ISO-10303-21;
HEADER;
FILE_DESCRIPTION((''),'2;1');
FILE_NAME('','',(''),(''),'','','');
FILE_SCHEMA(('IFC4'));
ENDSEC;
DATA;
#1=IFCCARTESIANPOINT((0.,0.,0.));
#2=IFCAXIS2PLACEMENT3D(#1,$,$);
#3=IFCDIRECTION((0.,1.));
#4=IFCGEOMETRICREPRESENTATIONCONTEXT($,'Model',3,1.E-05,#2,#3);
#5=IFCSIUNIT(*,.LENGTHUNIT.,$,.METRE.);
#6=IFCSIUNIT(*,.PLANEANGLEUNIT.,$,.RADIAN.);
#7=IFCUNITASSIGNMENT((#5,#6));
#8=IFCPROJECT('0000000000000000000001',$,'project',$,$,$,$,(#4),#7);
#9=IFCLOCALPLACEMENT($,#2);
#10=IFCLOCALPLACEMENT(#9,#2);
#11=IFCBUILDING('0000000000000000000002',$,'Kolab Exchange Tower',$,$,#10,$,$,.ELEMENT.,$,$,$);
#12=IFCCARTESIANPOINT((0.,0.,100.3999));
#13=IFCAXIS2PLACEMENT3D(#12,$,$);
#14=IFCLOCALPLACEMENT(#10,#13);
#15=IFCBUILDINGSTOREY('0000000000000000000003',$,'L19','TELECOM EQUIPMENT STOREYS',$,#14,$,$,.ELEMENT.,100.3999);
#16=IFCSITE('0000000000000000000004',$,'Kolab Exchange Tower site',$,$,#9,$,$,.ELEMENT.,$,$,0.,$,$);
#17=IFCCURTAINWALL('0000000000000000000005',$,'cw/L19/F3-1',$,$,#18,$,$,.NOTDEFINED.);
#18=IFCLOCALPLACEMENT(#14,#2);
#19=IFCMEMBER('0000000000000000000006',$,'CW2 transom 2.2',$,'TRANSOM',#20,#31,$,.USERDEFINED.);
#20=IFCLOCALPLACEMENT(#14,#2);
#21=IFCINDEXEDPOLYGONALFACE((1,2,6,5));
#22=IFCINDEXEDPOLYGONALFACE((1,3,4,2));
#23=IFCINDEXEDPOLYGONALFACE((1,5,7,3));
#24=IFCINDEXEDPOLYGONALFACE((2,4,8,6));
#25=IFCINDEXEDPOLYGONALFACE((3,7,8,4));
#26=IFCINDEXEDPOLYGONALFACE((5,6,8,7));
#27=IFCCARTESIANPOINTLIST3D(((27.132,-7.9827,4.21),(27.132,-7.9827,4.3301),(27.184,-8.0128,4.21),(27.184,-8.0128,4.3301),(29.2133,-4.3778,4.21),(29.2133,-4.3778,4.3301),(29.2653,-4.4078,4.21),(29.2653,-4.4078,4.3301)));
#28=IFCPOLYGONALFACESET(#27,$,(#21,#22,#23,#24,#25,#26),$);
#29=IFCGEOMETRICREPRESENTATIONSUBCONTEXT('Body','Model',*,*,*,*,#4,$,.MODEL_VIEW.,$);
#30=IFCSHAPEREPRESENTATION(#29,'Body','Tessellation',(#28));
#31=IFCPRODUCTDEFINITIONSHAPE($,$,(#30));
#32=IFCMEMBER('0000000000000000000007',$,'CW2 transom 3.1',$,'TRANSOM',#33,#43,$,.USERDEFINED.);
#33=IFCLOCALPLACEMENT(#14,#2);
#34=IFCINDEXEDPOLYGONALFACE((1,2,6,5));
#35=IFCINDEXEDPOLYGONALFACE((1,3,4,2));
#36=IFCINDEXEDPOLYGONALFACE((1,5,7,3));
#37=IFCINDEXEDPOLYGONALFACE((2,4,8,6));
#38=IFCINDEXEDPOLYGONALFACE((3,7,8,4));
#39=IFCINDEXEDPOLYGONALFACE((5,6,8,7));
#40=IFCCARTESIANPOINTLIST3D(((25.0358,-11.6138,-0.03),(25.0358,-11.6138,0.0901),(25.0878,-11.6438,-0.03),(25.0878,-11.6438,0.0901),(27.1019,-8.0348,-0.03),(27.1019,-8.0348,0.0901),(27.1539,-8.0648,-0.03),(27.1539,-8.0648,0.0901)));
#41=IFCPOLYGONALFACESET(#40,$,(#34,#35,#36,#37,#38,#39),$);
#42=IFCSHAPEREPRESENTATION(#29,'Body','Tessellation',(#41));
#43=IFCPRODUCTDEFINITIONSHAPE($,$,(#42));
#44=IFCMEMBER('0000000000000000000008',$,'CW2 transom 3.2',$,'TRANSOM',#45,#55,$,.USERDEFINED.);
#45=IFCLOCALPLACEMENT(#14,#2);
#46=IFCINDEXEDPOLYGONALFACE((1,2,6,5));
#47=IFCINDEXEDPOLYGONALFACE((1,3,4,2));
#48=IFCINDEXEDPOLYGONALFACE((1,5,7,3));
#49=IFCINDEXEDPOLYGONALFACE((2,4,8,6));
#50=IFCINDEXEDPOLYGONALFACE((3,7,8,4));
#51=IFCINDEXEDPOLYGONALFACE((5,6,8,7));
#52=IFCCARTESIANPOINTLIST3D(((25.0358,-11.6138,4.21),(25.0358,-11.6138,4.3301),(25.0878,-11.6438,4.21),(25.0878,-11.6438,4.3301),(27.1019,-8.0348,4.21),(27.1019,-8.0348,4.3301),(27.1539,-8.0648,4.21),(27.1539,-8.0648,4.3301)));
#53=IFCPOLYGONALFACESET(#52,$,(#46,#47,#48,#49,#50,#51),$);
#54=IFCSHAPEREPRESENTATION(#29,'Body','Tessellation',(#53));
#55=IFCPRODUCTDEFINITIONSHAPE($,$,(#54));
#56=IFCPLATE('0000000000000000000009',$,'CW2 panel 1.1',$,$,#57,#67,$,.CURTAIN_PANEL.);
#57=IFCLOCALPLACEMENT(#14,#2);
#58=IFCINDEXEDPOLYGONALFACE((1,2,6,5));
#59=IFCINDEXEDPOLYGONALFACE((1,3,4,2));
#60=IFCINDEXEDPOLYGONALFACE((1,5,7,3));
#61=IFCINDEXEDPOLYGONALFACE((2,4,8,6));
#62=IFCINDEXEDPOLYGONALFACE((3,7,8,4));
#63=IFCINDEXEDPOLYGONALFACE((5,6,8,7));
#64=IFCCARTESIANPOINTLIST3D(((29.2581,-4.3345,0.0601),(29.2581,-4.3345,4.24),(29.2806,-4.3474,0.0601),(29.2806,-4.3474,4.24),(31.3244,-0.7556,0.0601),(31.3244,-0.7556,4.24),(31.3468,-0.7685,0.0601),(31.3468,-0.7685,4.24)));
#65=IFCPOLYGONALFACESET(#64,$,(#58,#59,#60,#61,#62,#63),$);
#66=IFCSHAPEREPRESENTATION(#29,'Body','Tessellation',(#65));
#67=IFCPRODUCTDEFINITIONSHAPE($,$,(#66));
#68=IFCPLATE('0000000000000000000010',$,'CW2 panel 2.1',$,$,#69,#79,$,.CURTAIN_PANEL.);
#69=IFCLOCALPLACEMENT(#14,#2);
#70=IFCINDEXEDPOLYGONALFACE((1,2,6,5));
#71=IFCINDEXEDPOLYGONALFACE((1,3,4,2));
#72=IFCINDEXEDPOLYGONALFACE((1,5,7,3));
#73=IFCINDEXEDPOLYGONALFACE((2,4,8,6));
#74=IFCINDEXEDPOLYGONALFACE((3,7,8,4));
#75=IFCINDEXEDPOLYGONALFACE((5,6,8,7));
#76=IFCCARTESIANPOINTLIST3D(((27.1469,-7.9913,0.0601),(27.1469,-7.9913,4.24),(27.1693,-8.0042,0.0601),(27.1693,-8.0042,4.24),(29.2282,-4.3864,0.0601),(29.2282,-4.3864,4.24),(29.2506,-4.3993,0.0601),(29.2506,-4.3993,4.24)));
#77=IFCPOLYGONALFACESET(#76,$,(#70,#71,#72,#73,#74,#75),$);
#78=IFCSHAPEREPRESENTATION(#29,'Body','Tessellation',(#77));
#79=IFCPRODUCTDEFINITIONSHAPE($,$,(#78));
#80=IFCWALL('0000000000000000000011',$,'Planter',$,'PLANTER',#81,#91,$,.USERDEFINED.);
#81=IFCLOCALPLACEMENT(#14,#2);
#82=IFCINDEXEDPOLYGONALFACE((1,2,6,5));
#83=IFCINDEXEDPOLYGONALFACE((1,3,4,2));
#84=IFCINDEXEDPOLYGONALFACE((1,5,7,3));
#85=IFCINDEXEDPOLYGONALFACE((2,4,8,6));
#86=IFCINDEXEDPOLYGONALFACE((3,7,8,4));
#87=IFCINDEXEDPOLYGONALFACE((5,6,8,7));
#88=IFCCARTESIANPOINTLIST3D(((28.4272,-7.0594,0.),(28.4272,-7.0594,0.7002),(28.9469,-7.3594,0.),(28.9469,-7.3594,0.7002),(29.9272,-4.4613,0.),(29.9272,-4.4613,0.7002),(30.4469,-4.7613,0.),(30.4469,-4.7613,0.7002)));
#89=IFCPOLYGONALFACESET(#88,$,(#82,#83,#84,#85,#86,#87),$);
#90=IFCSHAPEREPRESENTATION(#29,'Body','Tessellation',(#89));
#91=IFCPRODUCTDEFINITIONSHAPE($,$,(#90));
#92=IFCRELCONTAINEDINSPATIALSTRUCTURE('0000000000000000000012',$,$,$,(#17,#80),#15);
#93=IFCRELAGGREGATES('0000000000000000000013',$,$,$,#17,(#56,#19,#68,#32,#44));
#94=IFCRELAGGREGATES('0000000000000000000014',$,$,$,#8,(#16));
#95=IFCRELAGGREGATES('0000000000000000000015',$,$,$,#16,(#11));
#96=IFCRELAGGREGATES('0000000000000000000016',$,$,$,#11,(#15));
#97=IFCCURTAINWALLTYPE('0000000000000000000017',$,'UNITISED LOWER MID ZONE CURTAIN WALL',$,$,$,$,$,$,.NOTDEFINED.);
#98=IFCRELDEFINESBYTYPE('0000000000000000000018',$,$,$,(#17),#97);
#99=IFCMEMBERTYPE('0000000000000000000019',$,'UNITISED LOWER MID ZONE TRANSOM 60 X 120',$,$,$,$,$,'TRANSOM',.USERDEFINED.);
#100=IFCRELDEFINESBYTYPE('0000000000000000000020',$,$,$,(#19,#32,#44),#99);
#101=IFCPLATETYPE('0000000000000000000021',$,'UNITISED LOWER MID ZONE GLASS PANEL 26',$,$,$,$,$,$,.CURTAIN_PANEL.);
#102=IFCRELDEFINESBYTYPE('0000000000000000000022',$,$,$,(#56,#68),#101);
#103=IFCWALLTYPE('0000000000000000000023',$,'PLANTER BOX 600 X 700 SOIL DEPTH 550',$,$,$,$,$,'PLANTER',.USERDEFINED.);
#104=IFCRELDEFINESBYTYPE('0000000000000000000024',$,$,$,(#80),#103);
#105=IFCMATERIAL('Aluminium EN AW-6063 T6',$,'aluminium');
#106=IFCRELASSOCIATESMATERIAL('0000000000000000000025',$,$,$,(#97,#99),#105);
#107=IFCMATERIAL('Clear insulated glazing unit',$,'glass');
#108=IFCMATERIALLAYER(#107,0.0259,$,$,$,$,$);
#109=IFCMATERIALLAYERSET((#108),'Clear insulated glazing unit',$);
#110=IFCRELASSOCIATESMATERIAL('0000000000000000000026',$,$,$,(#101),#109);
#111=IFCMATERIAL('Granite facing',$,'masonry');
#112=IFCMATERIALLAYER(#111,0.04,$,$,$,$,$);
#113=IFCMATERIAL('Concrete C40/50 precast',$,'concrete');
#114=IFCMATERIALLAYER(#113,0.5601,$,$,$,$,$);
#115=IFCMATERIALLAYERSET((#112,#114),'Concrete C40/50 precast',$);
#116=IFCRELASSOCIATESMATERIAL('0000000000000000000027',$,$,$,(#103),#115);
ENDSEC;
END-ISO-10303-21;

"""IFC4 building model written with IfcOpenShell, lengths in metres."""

from ifc_helpers import new_model, si_unit, direction, frame, frame_2d, origin, origin_2d, place, context, subcontext, project, spatial, rectangle, extrude, material, layer, layer_set, material_profile, profile_set, type_object, element, aggregate, save


model = new_model("IFC4")

# Units and contexts
model_context = context("Model", 3, precision=1e-05, world=origin(), true_north=direction((0.0, 1.0)))
body_context = subcontext(model_context, "Body", "Model", "MODEL_VIEW")
ifc_project = project(units=[si_unit("LENGTHUNIT", "METRE"), si_unit("PLANEANGLEUNIT", "RADIAN")], contexts=[model_context])

# Site, building, storey
site_placement = place(None, origin())
site = spatial("IfcSite", under=ifc_project, at=site_placement, Name="Kolab Exchange Tower site", CompositionType="ELEMENT", RefElevation=0.0)
building_placement = place(site_placement, origin())
building = spatial("IfcBuilding", under=site, at=building_placement, Name="Kolab Exchange Tower", CompositionType="ELEMENT")
storey_placement = place(building_placement, frame((0.0, 0.0, 100.3999)))
storey = spatial("IfcBuildingStorey", under=building, at=storey_placement, Name="L19", Description="TELECOM EQUIPMENT STOREYS", CompositionType="ELEMENT", Elevation=100.3999)

# Curtain wall
ifc_material_1 = material(Name="Aluminium EN AW-6063 T6", Category="aluminium")
curtain_wall_type = type_object("IfcCurtainWallType", Name="UNITISED LOWER MID ZONE CURTAIN WALL", PredefinedType="NOTDEFINED", material=ifc_material_1)
curtain_wall_1_placement = place(storey_placement, origin())
curtain_wall_1 = element("IfcCurtainWall", 1, at=curtain_wall_1_placement, inside=storey, type_object=curtain_wall_type, Name="cw/L19/F3-1", PredefinedType="NOTDEFINED")

# Members
ifc_material_profile_1 = material_profile(ifc_material_1, rectangle(XDim=0.0601, YDim=0.1201, at=origin_2d()), Name="RECT 60X120")
ifc_profile_set_1 = profile_set([ifc_material_profile_1], Name="Aluminium EN AW-6063 T6")
member_type_1 = type_object("IfcMemberType", Name="UNITISED LOWER MID ZONE TRANSOM 60 X 120", ElementType="TRANSOM", PredefinedType="USERDEFINED", material=ifc_profile_set_1)
member_1_placement = place(storey_placement, frame((29.2393, -4.3928, 4.27), z_axis=(-0.499993, -0.866029, 0.0), x_axis=(0.866029, -0.499993, 0.0)))
member_1 = element("IfcMember", 2, at=member_1_placement, type_object=member_type_1, Name="CW2 transom 2.2", ObjectType="TRANSOM", PredefinedType="USERDEFINED", context=body_context, shape_type="SweptSolid", body=[
    extrude(rectangle(XDim=0.0601, YDim=0.1201, at=origin_2d()), origin(), (0.0, 0.0, 1.0), 4.1626),
])
member_2_placement = place(storey_placement, frame((27.1279, -8.0498, 0.03), z_axis=(-0.499958, -0.86605, 0.0), x_axis=(0.86605, -0.499958, 0.0)))
member_2 = element("IfcMember", 3, at=member_2_placement, type_object=member_type_1, Name="CW2 transom 3.1", ObjectType="TRANSOM", PredefinedType="USERDEFINED", context=body_context, shape_type="SweptSolid", body=[
    extrude(rectangle(XDim=0.0601, YDim=0.1201, at=origin_2d()), origin(), (0.0, 0.0, 1.0), 4.1326),
])
member_3_placement = place(storey_placement, frame((27.1279, -8.0498, 4.27), z_axis=(-0.499958, -0.86605, 0.0), x_axis=(0.86605, -0.499958, 0.0)))
member_3 = element("IfcMember", 4, at=member_3_placement, type_object=member_type_1, Name="CW2 transom 3.2", ObjectType="TRANSOM", PredefinedType="USERDEFINED", context=body_context, shape_type="SweptSolid", body=[
    extrude(rectangle(XDim=0.0601, YDim=0.1201, at=origin_2d()), origin(), (0.0, 0.0, 1.0), 4.1326),
])

# Plates
ifc_material_2 = material(Name="Clear insulated glazing unit", Category="glass")
ifc_layer_1 = layer(ifc_material_2, 0.0259)
ifc_layer_set_1 = layer_set([ifc_layer_1], Name="Clear insulated glazing unit")
plate_type = type_object("IfcPlateType", Name="UNITISED LOWER MID ZONE GLASS PANEL 26", PredefinedType="CURTAIN_PANEL", material=ifc_layer_set_1)
plate_1_placement = place(storey_placement, frame((30.3025, -2.5515, 0.0601), z_axis=(0.0, 0.0, 1.0), x_axis=(-0.5, -0.866025, 0.0)))
plate_1 = element("IfcPlate", 5, at=plate_1_placement, type_object=plate_type, Name="CW2 panel 1.1", PredefinedType="CURTAIN_PANEL", context=body_context, shape_type="SweptSolid", body=[
    extrude(rectangle(XDim=4.1326, YDim=0.0259, at=origin_2d()), origin(), (0.0, 0.0, 1.0), 4.1799),
])
plate_2_placement = place(storey_placement, frame((28.1987, -6.1953, 0.0601), z_axis=(0.0, 0.0, 1.0), x_axis=(-0.5, -0.866025, 0.0)))
plate_2 = element("IfcPlate", 6, at=plate_2_placement, type_object=plate_type, Name="CW2 panel 2.1", PredefinedType="CURTAIN_PANEL", context=body_context, shape_type="SweptSolid", body=[
    extrude(rectangle(XDim=4.1626, YDim=0.0259, at=origin_2d()), origin(), (0.0, 0.0, 1.0), 4.1799),
])
aggregate(curtain_wall_1, [plate_1, member_1, plate_2, member_2, member_3])

# Wall
ifc_material_3 = material(Name="Granite facing", Category="masonry")
ifc_layer_2 = layer(ifc_material_3, 0.04)
ifc_material_4 = material(Name="Concrete C40/50 precast", Category="concrete")
ifc_layer_3 = layer(ifc_material_4, 0.5601)
ifc_layer_set_2 = layer_set([ifc_layer_2, ifc_layer_3], Name="Concrete C40/50 precast")
wall_type = type_object("IfcWallType", Name="PLANTER BOX 600 X 700 SOIL DEPTH 550", ElementType="PLANTER", PredefinedType="USERDEFINED", material=ifc_layer_set_2)
wall_placement = place(storey_placement, frame((30.187, -4.6113, 0.0), z_axis=(0.0, 0.0, 1.0), x_axis=(-0.49999, -0.866031, 0.0)))
element("IfcWall", 7, at=wall_placement, inside=storey, type_object=wall_type, Name="Planter", ObjectType="PLANTER", PredefinedType="USERDEFINED", context=body_context, shape_type="SweptSolid", body=[
    extrude(rectangle(XDim=3.0, YDim=0.6001, at=frame_2d((1.5, 0.0))), origin(), (0.0, 0.0, 1.0), 0.7002),
])

save(model, "model.ifc")
